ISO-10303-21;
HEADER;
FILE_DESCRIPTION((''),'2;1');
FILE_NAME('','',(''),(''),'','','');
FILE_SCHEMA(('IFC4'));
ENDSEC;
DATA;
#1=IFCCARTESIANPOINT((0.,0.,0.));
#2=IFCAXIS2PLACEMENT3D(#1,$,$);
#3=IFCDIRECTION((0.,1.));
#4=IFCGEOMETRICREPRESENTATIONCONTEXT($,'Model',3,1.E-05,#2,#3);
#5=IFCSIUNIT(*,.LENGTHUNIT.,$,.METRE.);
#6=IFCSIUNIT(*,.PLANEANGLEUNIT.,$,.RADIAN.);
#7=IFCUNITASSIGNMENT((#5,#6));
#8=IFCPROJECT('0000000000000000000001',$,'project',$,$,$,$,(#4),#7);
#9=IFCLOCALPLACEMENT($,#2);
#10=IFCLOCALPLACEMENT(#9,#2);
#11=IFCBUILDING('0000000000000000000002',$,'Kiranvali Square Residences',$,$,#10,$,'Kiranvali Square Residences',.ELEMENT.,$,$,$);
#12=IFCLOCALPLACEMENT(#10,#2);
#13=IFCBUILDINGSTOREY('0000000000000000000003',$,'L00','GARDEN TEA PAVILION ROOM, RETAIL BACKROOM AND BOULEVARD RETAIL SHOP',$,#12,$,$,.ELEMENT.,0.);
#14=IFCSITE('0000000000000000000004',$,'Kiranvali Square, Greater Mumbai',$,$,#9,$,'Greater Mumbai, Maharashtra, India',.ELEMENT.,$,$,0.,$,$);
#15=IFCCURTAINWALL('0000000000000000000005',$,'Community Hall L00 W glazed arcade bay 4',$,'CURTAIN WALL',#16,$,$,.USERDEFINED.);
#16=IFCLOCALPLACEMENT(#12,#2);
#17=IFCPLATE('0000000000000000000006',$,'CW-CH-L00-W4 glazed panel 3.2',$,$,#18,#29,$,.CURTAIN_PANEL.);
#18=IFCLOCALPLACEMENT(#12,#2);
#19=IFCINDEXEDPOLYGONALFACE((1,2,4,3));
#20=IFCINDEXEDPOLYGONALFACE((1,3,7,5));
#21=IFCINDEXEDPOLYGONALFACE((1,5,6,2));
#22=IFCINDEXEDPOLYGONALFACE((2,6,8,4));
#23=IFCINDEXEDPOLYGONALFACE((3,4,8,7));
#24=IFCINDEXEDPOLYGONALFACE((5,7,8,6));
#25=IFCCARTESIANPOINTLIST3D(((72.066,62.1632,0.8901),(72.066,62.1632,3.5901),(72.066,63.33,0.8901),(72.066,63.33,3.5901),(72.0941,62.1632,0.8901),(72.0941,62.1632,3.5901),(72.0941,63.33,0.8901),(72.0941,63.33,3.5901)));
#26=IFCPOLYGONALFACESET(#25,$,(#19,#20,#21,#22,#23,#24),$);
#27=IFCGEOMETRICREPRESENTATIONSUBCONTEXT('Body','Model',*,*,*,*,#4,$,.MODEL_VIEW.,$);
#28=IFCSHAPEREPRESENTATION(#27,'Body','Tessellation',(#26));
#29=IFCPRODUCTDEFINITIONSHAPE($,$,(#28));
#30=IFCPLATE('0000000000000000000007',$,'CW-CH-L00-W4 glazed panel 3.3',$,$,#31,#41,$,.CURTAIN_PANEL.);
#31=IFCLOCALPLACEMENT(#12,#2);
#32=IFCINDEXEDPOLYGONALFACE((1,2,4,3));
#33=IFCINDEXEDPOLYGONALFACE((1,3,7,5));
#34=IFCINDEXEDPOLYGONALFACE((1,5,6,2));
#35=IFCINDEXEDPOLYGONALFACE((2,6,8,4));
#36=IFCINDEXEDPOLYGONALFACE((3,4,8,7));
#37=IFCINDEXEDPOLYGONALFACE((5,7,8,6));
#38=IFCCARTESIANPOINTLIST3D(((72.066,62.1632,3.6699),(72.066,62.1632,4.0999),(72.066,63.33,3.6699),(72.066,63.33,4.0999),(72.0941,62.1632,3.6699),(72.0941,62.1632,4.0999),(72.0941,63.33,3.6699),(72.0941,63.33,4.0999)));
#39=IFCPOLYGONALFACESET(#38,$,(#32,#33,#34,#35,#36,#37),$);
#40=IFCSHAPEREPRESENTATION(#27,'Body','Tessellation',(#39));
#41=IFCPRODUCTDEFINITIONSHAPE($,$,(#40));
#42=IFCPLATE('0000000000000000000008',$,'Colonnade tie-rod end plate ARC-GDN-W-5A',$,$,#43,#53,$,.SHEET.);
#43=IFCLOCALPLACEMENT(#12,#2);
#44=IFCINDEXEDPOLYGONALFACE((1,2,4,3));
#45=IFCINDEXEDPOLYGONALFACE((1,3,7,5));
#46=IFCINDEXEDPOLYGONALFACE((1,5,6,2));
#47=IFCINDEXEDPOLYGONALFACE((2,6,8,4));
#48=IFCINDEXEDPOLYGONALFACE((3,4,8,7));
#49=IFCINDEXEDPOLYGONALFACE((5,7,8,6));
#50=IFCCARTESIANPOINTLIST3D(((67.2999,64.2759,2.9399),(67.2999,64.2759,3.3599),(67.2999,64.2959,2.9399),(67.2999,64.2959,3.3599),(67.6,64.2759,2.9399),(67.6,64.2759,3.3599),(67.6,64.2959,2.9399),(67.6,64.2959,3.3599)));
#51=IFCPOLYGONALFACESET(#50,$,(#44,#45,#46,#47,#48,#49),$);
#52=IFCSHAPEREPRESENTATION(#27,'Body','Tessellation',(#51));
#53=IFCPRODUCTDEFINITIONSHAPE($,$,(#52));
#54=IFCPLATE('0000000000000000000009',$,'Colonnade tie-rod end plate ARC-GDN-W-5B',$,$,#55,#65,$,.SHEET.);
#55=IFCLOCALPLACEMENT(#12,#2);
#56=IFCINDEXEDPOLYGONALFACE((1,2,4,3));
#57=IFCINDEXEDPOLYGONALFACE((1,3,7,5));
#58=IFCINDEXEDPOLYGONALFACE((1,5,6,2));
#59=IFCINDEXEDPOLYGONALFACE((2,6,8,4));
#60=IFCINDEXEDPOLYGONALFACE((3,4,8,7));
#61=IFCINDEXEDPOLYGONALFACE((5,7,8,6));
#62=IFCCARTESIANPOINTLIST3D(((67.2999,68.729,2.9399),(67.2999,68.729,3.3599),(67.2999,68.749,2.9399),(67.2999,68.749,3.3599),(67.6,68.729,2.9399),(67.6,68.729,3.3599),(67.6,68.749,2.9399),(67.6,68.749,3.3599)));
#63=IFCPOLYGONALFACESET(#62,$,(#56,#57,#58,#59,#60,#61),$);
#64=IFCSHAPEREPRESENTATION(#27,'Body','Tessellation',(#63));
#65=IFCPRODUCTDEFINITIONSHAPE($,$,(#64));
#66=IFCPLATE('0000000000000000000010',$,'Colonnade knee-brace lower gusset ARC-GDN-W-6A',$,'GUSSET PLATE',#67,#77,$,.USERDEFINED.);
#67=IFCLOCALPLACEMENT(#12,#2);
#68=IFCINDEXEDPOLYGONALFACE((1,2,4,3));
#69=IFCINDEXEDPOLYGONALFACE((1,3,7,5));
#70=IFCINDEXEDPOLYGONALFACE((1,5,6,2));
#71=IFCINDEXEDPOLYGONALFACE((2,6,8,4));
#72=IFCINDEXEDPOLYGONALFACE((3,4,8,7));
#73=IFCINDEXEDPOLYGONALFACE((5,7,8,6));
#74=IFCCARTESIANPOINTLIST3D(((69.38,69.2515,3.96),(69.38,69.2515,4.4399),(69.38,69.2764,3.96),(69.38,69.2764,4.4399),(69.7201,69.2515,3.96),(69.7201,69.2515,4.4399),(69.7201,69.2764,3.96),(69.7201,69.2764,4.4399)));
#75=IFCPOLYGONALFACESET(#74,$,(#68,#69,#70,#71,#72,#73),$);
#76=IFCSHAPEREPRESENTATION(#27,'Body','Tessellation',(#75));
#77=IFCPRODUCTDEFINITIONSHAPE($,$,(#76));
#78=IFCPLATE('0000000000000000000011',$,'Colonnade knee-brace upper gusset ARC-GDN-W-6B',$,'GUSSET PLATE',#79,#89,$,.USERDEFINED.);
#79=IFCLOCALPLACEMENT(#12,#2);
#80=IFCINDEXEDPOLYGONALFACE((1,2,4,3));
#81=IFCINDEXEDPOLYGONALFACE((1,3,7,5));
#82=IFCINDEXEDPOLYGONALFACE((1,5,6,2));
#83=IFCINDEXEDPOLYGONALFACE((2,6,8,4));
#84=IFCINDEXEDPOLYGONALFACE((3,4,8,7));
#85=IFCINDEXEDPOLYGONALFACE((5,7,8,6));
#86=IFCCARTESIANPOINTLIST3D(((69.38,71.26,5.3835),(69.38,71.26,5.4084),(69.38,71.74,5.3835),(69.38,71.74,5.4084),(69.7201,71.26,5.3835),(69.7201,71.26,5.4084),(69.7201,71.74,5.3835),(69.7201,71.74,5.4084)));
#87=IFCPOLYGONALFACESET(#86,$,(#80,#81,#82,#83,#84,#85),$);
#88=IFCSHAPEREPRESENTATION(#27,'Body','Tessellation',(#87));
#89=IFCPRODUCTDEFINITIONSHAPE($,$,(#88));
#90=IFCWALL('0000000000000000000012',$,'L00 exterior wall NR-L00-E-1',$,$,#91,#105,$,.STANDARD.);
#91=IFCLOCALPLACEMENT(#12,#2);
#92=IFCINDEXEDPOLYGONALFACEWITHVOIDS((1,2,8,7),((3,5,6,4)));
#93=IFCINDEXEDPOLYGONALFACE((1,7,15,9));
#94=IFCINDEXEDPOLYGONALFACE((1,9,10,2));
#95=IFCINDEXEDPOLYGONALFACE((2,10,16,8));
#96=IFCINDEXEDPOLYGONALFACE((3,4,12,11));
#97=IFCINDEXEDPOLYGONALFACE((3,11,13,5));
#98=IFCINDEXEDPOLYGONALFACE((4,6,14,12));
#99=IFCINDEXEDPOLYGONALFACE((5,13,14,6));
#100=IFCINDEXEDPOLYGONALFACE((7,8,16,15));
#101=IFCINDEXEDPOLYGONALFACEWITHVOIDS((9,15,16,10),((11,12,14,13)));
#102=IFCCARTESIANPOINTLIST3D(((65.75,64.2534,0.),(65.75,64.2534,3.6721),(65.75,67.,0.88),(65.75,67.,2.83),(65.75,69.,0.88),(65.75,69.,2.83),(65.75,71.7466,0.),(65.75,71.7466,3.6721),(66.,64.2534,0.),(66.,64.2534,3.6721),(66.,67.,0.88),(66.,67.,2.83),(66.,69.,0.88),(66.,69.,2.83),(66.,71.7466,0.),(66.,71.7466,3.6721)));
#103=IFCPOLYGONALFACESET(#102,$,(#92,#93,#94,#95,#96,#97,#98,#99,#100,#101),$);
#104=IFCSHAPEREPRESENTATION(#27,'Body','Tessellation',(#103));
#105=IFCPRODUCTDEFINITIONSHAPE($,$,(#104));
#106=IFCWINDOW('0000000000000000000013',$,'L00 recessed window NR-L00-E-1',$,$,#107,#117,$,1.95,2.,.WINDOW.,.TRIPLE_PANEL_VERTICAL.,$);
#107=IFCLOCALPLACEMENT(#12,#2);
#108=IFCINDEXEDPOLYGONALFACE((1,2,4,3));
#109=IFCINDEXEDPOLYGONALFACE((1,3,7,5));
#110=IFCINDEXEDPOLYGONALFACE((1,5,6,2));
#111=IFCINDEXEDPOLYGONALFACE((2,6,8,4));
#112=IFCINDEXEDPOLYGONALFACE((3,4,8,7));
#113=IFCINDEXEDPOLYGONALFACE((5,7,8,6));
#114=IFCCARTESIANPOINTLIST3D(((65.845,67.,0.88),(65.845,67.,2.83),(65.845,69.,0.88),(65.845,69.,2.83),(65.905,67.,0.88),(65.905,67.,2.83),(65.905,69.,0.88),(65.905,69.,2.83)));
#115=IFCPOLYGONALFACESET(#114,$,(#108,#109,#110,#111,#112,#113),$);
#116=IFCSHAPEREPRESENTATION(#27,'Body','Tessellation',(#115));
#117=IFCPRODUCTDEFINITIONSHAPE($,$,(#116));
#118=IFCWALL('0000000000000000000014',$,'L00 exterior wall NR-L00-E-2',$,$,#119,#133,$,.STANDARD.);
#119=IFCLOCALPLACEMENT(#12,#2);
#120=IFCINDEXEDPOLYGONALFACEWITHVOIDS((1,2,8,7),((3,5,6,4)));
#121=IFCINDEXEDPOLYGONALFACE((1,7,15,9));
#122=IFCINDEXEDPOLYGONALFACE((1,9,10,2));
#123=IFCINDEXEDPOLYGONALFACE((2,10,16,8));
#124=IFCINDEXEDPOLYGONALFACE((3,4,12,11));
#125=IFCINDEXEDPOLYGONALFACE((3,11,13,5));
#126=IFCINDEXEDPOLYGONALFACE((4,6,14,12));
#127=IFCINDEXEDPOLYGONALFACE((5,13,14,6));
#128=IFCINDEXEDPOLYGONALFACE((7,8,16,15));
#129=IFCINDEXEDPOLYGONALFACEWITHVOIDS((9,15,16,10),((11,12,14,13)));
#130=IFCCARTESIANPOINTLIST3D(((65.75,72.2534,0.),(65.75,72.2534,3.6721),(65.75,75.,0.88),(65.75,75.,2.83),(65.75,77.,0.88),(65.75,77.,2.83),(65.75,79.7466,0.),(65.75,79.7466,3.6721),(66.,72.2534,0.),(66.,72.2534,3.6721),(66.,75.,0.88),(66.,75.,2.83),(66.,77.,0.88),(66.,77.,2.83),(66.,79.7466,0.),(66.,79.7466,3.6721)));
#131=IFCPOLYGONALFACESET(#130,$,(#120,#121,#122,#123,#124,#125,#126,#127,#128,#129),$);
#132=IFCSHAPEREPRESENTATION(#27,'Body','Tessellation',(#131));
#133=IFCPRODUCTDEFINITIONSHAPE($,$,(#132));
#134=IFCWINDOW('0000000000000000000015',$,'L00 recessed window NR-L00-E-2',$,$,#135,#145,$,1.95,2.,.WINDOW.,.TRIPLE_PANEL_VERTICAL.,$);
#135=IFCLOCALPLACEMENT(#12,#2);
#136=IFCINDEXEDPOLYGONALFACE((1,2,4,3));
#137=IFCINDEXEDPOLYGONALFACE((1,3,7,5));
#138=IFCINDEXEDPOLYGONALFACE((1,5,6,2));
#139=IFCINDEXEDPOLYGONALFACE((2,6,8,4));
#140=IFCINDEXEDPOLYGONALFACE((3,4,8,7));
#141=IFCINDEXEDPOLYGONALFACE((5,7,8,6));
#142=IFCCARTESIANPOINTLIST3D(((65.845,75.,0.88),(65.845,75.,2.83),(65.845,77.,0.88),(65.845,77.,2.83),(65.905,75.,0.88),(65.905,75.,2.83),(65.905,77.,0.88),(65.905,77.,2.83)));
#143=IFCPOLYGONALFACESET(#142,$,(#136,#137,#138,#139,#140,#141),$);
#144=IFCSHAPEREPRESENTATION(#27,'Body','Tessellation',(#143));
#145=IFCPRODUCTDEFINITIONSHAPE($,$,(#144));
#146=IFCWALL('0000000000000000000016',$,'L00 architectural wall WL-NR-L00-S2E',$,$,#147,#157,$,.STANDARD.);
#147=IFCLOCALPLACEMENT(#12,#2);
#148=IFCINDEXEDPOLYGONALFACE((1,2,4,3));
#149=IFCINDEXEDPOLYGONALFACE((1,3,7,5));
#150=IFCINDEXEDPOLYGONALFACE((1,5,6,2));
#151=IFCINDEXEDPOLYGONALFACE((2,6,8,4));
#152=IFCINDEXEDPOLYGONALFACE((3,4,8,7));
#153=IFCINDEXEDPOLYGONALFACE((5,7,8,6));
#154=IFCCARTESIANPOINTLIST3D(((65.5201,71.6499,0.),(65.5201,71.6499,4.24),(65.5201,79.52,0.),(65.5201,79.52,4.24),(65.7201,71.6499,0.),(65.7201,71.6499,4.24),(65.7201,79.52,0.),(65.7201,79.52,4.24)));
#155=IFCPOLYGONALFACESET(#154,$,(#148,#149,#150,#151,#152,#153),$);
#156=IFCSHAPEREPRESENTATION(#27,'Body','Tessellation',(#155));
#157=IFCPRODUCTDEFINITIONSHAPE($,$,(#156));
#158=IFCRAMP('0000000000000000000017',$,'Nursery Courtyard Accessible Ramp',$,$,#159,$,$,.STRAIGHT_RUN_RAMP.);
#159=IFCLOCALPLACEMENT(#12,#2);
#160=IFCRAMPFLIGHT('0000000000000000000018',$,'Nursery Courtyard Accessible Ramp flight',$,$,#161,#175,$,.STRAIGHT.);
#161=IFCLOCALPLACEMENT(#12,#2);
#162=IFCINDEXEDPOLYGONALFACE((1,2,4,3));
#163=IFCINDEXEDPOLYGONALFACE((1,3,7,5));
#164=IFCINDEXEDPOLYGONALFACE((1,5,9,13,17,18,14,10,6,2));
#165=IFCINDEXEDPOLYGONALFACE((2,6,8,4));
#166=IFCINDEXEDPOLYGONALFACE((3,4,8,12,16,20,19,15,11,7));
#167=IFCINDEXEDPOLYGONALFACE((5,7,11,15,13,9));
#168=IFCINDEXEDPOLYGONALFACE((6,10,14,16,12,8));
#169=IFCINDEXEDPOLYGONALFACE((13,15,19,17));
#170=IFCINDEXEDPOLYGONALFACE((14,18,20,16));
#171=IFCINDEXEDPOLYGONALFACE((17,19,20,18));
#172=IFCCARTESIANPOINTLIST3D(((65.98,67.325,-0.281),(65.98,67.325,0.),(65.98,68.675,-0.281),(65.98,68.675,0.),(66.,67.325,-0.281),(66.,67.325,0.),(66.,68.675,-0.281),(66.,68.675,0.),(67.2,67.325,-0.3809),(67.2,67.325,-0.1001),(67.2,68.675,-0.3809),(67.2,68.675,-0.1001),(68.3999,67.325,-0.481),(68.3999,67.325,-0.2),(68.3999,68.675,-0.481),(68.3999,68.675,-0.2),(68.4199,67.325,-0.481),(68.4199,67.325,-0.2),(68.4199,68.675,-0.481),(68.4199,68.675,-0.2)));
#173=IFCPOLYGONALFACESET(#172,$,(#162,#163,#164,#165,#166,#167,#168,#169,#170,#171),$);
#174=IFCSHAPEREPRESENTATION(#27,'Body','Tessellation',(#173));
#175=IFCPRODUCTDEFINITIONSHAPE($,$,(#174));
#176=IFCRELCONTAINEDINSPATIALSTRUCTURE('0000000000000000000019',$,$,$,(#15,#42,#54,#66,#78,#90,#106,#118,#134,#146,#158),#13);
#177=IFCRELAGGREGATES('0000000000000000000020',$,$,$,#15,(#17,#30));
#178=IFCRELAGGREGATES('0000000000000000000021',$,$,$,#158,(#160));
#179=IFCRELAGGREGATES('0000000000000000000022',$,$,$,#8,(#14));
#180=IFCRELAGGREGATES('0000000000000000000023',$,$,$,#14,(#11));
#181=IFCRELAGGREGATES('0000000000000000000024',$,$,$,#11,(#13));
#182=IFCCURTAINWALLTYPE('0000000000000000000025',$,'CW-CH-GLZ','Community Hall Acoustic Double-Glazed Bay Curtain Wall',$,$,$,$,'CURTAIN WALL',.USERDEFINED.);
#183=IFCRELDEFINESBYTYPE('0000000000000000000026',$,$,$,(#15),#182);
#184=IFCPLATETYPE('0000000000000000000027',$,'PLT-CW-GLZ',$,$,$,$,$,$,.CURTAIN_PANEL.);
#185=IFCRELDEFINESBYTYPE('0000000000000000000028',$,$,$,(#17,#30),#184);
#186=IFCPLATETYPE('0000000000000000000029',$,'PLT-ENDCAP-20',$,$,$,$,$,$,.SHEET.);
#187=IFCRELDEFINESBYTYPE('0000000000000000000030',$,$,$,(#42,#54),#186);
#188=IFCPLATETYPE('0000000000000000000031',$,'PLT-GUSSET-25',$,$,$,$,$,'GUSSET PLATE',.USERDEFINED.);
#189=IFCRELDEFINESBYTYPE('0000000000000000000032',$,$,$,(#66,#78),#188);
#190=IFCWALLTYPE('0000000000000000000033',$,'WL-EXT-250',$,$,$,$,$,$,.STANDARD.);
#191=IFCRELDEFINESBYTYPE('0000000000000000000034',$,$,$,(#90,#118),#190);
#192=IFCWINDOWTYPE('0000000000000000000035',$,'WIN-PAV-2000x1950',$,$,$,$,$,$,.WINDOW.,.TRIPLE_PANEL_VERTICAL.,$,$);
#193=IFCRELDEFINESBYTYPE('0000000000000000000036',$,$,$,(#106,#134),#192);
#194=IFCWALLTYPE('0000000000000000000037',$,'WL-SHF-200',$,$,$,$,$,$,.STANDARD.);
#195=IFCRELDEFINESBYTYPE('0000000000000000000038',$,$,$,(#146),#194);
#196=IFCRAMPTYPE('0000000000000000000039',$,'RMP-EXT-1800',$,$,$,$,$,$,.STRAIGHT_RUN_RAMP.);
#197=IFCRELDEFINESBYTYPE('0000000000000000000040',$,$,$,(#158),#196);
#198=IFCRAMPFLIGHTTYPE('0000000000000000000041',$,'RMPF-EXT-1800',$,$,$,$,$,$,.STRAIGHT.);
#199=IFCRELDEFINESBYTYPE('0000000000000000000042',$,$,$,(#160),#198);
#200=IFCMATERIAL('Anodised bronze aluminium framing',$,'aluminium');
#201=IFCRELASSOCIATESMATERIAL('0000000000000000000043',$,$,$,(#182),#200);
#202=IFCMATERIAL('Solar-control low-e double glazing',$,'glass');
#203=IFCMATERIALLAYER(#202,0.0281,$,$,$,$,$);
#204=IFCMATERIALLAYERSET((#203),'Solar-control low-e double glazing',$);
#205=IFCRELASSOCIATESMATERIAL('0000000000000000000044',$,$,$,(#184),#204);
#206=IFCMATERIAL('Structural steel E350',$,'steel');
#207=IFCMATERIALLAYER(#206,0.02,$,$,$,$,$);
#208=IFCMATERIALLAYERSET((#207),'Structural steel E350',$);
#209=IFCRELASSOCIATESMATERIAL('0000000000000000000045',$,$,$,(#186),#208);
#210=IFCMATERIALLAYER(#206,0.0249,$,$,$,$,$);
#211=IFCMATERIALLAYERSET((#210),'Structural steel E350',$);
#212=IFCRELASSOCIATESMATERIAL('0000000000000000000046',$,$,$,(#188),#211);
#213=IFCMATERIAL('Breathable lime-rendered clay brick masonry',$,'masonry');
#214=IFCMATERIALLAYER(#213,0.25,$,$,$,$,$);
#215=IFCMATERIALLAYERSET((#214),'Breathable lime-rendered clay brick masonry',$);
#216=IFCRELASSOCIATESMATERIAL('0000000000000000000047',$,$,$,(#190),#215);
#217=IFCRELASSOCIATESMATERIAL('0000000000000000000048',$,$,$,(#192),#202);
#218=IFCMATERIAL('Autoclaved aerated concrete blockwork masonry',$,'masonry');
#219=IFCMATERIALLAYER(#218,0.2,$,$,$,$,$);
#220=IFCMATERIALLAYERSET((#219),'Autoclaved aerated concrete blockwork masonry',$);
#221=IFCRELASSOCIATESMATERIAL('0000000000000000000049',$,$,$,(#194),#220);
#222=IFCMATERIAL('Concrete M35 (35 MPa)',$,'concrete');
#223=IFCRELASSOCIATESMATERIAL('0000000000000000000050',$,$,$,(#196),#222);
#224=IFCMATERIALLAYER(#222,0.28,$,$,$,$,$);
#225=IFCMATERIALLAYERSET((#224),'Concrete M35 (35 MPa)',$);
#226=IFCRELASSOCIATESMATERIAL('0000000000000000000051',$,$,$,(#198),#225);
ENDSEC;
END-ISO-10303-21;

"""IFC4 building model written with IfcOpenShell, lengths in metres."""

from ifc_helpers import new_model, si_unit, direction, frame, frame_2d, origin, origin_2d, place, context, subcontext, project, spatial, polyline, rectangle, outline, extrude, material, layer, layer_set, type_object, element, fill, aggregate, save


model = new_model("IFC4")

# Units and contexts
model_context = context("Model", 3, precision=1e-05, world=origin(), true_north=direction((0.0, 1.0)))
body_context = subcontext(model_context, "Body", "Model", "MODEL_VIEW")
ifc_project = project(units=[si_unit("LENGTHUNIT", "METRE"), si_unit("PLANEANGLEUNIT", "RADIAN")], contexts=[model_context])

# Site, building, storey
site_placement = place(None, origin())
site = spatial("IfcSite", under=ifc_project, at=site_placement, Name="Kiranvali Square, Greater Mumbai", LongName="Greater Mumbai, Maharashtra, India", CompositionType="ELEMENT", RefElevation=0.0)
building_placement = place(site_placement, origin())
building = spatial("IfcBuilding", under=site, at=building_placement, Name="Kiranvali Square Residences", LongName="Kiranvali Square Residences", CompositionType="ELEMENT")
storey_placement = place(building_placement, origin())
storey = spatial("IfcBuildingStorey", under=building, at=storey_placement, Name="L00", Description="GARDEN TEA PAVILION ROOM, RETAIL BACKROOM AND BOULEVARD RETAIL SHOP", CompositionType="ELEMENT", Elevation=0.0)

# Curtain wall
ifc_material_1 = material(Name="Anodised bronze aluminium framing", Category="aluminium")
curtain_wall_type = type_object("IfcCurtainWallType", Name="CW-CH-GLZ", Description="Community Hall Acoustic Double-Glazed Bay Curtain Wall", ElementType="CURTAIN WALL", PredefinedType="USERDEFINED", material=ifc_material_1)
curtain_wall_1_placement = place(storey_placement, origin())
curtain_wall_1 = element("IfcCurtainWall", 1, at=curtain_wall_1_placement, inside=storey, type_object=curtain_wall_type, Name="Community Hall L00 W glazed arcade bay 4", ObjectType="CURTAIN WALL", PredefinedType="USERDEFINED")

# Shared definitions
ifc_material_2 = material(Name="Structural steel E350", Category="steel")

# Plates
ifc_material_3 = material(Name="Solar-control low-e double glazing", Category="glass")
ifc_layer_1 = layer(ifc_material_3, 0.0281)
ifc_layer_set_1 = layer_set([ifc_layer_1], Name="Solar-control low-e double glazing")
plate_type_1 = type_object("IfcPlateType", Name="PLT-CW-GLZ", PredefinedType="CURTAIN_PANEL", material=ifc_layer_set_1)
plate_1_placement = place(storey_placement, frame((72.0801, 62.7466, 0.8901), z_axis=(0.0, 0.0, 1.0), x_axis=(0.0, 1.0, 0.0)))
plate_1 = element("IfcPlate", 2, at=plate_1_placement, type_object=plate_type_1, Name="CW-CH-L00-W4 glazed panel 3.2", PredefinedType="CURTAIN_PANEL", context=body_context, shape_type="SweptSolid", body=[
    extrude(rectangle(XDim=1.1667, YDim=0.0281, at=origin_2d()), origin(), (0.0, 0.0, 1.0), 2.7),
])
plate_2_placement = place(storey_placement, frame((72.0801, 62.7466, 3.6699), z_axis=(0.0, 0.0, 1.0), x_axis=(0.0, 1.0, 0.0)))
plate_2 = element("IfcPlate", 3, at=plate_2_placement, type_object=plate_type_1, Name="CW-CH-L00-W4 glazed panel 3.3", PredefinedType="CURTAIN_PANEL", context=body_context, shape_type="SweptSolid", body=[
    extrude(rectangle(XDim=1.1667, YDim=0.0281, at=origin_2d()), origin(), (0.0, 0.0, 1.0), 0.4299),
])
aggregate(curtain_wall_1, [plate_1, plate_2])

# Plates
ifc_layer_2 = layer(ifc_material_2, 0.02)
ifc_layer_set_2 = layer_set([ifc_layer_2], Name="Structural steel E350")
plate_type_2 = type_object("IfcPlateType", Name="PLT-ENDCAP-20", PredefinedType="SHEET", material=ifc_layer_set_2)
for number, where, z_axis, x_axis, name in (
    (4, (67.45, 64.2859, 2.9399), (0.0, 0.0, 1.0), (1.0, 0.0, 0.0), "Colonnade tie-rod end plate ARC-GDN-W-5A"),
    (5, (67.45, 68.739, 2.9399), (0.0, 0.0, 1.0), (1.0, 0.0, 0.0), "Colonnade tie-rod end plate ARC-GDN-W-5B"),
):
    element("IfcPlate", number, at=place(storey_placement, frame(where, z_axis=z_axis, x_axis=x_axis)), inside=storey, type_object=plate_type_2, Name=name, PredefinedType="SHEET", context=body_context, shape_type="SweptSolid", body=[
        extrude(rectangle(XDim=0.3, YDim=0.02, at=origin_2d()), origin(), (0.0, 0.0, 1.0), 0.4199),
    ])
ifc_layer_3 = layer(ifc_material_2, 0.0249)
ifc_layer_set_3 = layer_set([ifc_layer_3], Name="Structural steel E350")
plate_type_3 = type_object("IfcPlateType", Name="PLT-GUSSET-25", ElementType="GUSSET PLATE", PredefinedType="USERDEFINED", material=ifc_layer_set_3)
plate_3_placement = place(storey_placement, frame((69.55, 69.2639, 3.96), z_axis=(0.0, 0.0, 1.0), x_axis=(1.0, 0.0, 0.0)))
element("IfcPlate", 6, at=plate_3_placement, inside=storey, type_object=plate_type_3, Name="Colonnade knee-brace lower gusset ARC-GDN-W-6A", ObjectType="GUSSET PLATE", PredefinedType="USERDEFINED", context=body_context, shape_type="SweptSolid", body=[
    extrude(rectangle(XDim=0.3401, YDim=0.0249, at=origin_2d()), origin(), (0.0, 0.0, 1.0), 0.48),
])
plate_4_placement = place(storey_placement, frame((69.55, 71.5, 5.3835), z_axis=(0.0, 0.0, 1.0), x_axis=(1.0, 0.0, 0.0)))
element("IfcPlate", 7, at=plate_4_placement, inside=storey, type_object=plate_type_3, Name="Colonnade knee-brace upper gusset ARC-GDN-W-6B", ObjectType="GUSSET PLATE", PredefinedType="USERDEFINED", context=body_context, shape_type="SweptSolid", body=[
    extrude(rectangle(XDim=0.3401, YDim=0.48, at=origin_2d()), origin(), (0.0, 0.0, 1.0), 0.0249),
])

# Walls, openings, windows
ifc_material_4 = material(Name="Breathable lime-rendered clay brick masonry", Category="masonry")
ifc_layer_4 = layer(ifc_material_4, 0.25)
ifc_layer_set_4 = layer_set([ifc_layer_4], Name="Breathable lime-rendered clay brick masonry")
wall_type_1 = type_object("IfcWallType", Name="WL-EXT-250", PredefinedType="STANDARD", material=ifc_layer_set_4)
wall_1_placement = place(storey_placement, frame((65.875, 64.2534, 0.0), z_axis=(0.0, 0.0, 1.0), x_axis=(0.0, 1.0, 0.0)))
wall_1 = element("IfcWall", 8, at=wall_1_placement, inside=storey, type_object=wall_type_1, Name="L00 exterior wall NR-L00-E-1", PredefinedType="STANDARD", context=body_context, shape_type="SweptSolid", body=[
    extrude(rectangle(XDim=7.4932, YDim=0.25, at=frame_2d((3.7466, 0.0))), origin(), (0.0, 0.0, 1.0), 3.6721),
])
opening_1_placement = place(wall_1_placement, frame((2.7466, 0.0, 0.8799)))
opening_1 = element("IfcOpeningElement", 9, at=opening_1_placement, cuts=wall_1, PredefinedType="OPENING", context=body_context, shape_type="SweptSolid", body=[
    extrude(rectangle(XDim=2.0, YDim=1.95, at=frame_2d((1.0, 0.9751))), frame((0.0, 0.135, 0.0), z_axis=(0.0, -1.0, 0.0), x_axis=(1.0, 0.0, 0.0)), (0.0, 0.0, 1.0), 0.27),
])
window_type = type_object("IfcWindowType", Name="WIN-PAV-2000x1950", PartitioningType="TRIPLE_PANEL_VERTICAL", PredefinedType="WINDOW", material=ifc_material_3)
window_1_placement = place(opening_1_placement, origin())
window_1 = element("IfcWindow", 10, at=window_1_placement, inside=storey, type_object=window_type, Name="L00 recessed window NR-L00-E-1", OverallHeight=1.95, OverallWidth=2.0, PartitioningType="TRIPLE_PANEL_VERTICAL", PredefinedType="WINDOW", context=body_context, shape_type="SweptSolid", body=[
    extrude(rectangle(XDim=2.0, YDim=1.95, at=frame_2d((1.0, 0.9751))), frame((0.0, 0.03, 0.0), z_axis=(0.0, -1.0, 0.0), x_axis=(1.0, 0.0, 0.0)), (0.0, 0.0, 1.0), 0.0601),
])
fill(opening_1, window_1)
wall_2_placement = place(storey_placement, frame((65.875, 72.2534, 0.0), z_axis=(0.0, 0.0, 1.0), x_axis=(0.0, 1.0, 0.0)))
wall_2 = element("IfcWall", 11, at=wall_2_placement, inside=storey, type_object=wall_type_1, Name="L00 exterior wall NR-L00-E-2", PredefinedType="STANDARD", context=body_context, shape_type="SweptSolid", body=[
    extrude(rectangle(XDim=7.4932, YDim=0.25, at=frame_2d((3.7466, 0.0))), origin(), (0.0, 0.0, 1.0), 3.6721),
])
opening_2_placement = place(wall_2_placement, frame((2.7466, 0.0, 0.8799)))
opening_2 = element("IfcOpeningElement", 12, at=opening_2_placement, cuts=wall_2, PredefinedType="OPENING", context=body_context, shape_type="SweptSolid", body=[
    extrude(rectangle(XDim=2.0, YDim=1.95, at=frame_2d((1.0, 0.9751))), frame((0.0, 0.135, 0.0), z_axis=(0.0, -1.0, 0.0), x_axis=(1.0, 0.0, 0.0)), (0.0, 0.0, 1.0), 0.27),
])
window_2_placement = place(opening_2_placement, origin())
window_2 = element("IfcWindow", 13, at=window_2_placement, inside=storey, type_object=window_type, Name="L00 recessed window NR-L00-E-2", OverallHeight=1.95, OverallWidth=2.0, PartitioningType="TRIPLE_PANEL_VERTICAL", PredefinedType="WINDOW", context=body_context, shape_type="SweptSolid", body=[
    extrude(rectangle(XDim=2.0, YDim=1.95, at=frame_2d((1.0, 0.9751))), frame((0.0, 0.03, 0.0), z_axis=(0.0, -1.0, 0.0), x_axis=(1.0, 0.0, 0.0)), (0.0, 0.0, 1.0), 0.0601),
])
fill(opening_2, window_2)

# Wall
ifc_material_5 = material(Name="Autoclaved aerated concrete blockwork masonry", Category="masonry")
ifc_layer_5 = layer(ifc_material_5, 0.2)
ifc_layer_set_5 = layer_set([ifc_layer_5], Name="Autoclaved aerated concrete blockwork masonry")
wall_type_2 = type_object("IfcWallType", Name="WL-SHF-200", PredefinedType="STANDARD", material=ifc_layer_set_5)
wall_3_placement = place(storey_placement, frame((65.6201, 71.6499, 0.0), z_axis=(0.0, 0.0, 1.0), x_axis=(0.0, 1.0, 0.0)))
element("IfcWall", 14, at=wall_3_placement, inside=storey, type_object=wall_type_2, Name="L00 architectural wall WL-NR-L00-S2E", PredefinedType="STANDARD", context=body_context, shape_type="SweptSolid", body=[
    extrude(rectangle(XDim=7.8701, YDim=0.2, at=frame_2d((3.9351, 0.0))), origin(), (0.0, 0.0, 1.0), 4.24),
])

# Ramp, ramp flight
ifc_material_6 = material(Name="Concrete M35 (35 MPa)", Category="concrete")
ramp_type = type_object("IfcRampType", Name="RMP-EXT-1800", PredefinedType="STRAIGHT_RUN_RAMP", material=ifc_material_6)
ramp_placement = place(storey_placement, origin())
ramp = element("IfcRamp", 15, at=ramp_placement, inside=storey, type_object=ramp_type, Name="Nursery Courtyard Accessible Ramp", PredefinedType="STRAIGHT_RUN_RAMP")
ifc_layer_6 = layer(ifc_material_6, 0.28)
ifc_layer_set_6 = layer_set([ifc_layer_6], Name="Concrete M35 (35 MPa)")
ramp_flight_type = type_object("IfcRampFlightType", Name="RMPF-EXT-1800", PredefinedType="STRAIGHT", material=ifc_layer_set_6)
ramp_flight_placement = place(storey_placement, frame((66.0, 68.0, 0.0), z_axis=(0.0, 0.0, 1.0), x_axis=(1.0, 0.0, 0.0)))
ramp_flight = element("IfcRampFlight", 16, at=ramp_flight_placement, type_object=ramp_flight_type, Name="Nursery Courtyard Accessible Ramp flight", PredefinedType="STRAIGHT", context=body_context, shape_type="SweptSolid", body=[
    extrude(outline(polyline([(-0.02, 0.0), (0.0, 0.0), (1.2, -0.1001), (2.3999, -0.2), (2.4199, -0.2), (2.4199, -0.481), (2.3999, -0.481), (1.2, -0.3809), (0.0, -0.281), (-0.02, -0.281), (-0.02, 0.0)])), frame((0.0, 0.675, 0.0), z_axis=(0.0, -1.0, 0.0), x_axis=(1.0, 0.0, 0.0)), (0.0, 0.0, 1.0), 1.3501),
])
aggregate(ramp, [ramp_flight])

save(model, "model.ifc")
